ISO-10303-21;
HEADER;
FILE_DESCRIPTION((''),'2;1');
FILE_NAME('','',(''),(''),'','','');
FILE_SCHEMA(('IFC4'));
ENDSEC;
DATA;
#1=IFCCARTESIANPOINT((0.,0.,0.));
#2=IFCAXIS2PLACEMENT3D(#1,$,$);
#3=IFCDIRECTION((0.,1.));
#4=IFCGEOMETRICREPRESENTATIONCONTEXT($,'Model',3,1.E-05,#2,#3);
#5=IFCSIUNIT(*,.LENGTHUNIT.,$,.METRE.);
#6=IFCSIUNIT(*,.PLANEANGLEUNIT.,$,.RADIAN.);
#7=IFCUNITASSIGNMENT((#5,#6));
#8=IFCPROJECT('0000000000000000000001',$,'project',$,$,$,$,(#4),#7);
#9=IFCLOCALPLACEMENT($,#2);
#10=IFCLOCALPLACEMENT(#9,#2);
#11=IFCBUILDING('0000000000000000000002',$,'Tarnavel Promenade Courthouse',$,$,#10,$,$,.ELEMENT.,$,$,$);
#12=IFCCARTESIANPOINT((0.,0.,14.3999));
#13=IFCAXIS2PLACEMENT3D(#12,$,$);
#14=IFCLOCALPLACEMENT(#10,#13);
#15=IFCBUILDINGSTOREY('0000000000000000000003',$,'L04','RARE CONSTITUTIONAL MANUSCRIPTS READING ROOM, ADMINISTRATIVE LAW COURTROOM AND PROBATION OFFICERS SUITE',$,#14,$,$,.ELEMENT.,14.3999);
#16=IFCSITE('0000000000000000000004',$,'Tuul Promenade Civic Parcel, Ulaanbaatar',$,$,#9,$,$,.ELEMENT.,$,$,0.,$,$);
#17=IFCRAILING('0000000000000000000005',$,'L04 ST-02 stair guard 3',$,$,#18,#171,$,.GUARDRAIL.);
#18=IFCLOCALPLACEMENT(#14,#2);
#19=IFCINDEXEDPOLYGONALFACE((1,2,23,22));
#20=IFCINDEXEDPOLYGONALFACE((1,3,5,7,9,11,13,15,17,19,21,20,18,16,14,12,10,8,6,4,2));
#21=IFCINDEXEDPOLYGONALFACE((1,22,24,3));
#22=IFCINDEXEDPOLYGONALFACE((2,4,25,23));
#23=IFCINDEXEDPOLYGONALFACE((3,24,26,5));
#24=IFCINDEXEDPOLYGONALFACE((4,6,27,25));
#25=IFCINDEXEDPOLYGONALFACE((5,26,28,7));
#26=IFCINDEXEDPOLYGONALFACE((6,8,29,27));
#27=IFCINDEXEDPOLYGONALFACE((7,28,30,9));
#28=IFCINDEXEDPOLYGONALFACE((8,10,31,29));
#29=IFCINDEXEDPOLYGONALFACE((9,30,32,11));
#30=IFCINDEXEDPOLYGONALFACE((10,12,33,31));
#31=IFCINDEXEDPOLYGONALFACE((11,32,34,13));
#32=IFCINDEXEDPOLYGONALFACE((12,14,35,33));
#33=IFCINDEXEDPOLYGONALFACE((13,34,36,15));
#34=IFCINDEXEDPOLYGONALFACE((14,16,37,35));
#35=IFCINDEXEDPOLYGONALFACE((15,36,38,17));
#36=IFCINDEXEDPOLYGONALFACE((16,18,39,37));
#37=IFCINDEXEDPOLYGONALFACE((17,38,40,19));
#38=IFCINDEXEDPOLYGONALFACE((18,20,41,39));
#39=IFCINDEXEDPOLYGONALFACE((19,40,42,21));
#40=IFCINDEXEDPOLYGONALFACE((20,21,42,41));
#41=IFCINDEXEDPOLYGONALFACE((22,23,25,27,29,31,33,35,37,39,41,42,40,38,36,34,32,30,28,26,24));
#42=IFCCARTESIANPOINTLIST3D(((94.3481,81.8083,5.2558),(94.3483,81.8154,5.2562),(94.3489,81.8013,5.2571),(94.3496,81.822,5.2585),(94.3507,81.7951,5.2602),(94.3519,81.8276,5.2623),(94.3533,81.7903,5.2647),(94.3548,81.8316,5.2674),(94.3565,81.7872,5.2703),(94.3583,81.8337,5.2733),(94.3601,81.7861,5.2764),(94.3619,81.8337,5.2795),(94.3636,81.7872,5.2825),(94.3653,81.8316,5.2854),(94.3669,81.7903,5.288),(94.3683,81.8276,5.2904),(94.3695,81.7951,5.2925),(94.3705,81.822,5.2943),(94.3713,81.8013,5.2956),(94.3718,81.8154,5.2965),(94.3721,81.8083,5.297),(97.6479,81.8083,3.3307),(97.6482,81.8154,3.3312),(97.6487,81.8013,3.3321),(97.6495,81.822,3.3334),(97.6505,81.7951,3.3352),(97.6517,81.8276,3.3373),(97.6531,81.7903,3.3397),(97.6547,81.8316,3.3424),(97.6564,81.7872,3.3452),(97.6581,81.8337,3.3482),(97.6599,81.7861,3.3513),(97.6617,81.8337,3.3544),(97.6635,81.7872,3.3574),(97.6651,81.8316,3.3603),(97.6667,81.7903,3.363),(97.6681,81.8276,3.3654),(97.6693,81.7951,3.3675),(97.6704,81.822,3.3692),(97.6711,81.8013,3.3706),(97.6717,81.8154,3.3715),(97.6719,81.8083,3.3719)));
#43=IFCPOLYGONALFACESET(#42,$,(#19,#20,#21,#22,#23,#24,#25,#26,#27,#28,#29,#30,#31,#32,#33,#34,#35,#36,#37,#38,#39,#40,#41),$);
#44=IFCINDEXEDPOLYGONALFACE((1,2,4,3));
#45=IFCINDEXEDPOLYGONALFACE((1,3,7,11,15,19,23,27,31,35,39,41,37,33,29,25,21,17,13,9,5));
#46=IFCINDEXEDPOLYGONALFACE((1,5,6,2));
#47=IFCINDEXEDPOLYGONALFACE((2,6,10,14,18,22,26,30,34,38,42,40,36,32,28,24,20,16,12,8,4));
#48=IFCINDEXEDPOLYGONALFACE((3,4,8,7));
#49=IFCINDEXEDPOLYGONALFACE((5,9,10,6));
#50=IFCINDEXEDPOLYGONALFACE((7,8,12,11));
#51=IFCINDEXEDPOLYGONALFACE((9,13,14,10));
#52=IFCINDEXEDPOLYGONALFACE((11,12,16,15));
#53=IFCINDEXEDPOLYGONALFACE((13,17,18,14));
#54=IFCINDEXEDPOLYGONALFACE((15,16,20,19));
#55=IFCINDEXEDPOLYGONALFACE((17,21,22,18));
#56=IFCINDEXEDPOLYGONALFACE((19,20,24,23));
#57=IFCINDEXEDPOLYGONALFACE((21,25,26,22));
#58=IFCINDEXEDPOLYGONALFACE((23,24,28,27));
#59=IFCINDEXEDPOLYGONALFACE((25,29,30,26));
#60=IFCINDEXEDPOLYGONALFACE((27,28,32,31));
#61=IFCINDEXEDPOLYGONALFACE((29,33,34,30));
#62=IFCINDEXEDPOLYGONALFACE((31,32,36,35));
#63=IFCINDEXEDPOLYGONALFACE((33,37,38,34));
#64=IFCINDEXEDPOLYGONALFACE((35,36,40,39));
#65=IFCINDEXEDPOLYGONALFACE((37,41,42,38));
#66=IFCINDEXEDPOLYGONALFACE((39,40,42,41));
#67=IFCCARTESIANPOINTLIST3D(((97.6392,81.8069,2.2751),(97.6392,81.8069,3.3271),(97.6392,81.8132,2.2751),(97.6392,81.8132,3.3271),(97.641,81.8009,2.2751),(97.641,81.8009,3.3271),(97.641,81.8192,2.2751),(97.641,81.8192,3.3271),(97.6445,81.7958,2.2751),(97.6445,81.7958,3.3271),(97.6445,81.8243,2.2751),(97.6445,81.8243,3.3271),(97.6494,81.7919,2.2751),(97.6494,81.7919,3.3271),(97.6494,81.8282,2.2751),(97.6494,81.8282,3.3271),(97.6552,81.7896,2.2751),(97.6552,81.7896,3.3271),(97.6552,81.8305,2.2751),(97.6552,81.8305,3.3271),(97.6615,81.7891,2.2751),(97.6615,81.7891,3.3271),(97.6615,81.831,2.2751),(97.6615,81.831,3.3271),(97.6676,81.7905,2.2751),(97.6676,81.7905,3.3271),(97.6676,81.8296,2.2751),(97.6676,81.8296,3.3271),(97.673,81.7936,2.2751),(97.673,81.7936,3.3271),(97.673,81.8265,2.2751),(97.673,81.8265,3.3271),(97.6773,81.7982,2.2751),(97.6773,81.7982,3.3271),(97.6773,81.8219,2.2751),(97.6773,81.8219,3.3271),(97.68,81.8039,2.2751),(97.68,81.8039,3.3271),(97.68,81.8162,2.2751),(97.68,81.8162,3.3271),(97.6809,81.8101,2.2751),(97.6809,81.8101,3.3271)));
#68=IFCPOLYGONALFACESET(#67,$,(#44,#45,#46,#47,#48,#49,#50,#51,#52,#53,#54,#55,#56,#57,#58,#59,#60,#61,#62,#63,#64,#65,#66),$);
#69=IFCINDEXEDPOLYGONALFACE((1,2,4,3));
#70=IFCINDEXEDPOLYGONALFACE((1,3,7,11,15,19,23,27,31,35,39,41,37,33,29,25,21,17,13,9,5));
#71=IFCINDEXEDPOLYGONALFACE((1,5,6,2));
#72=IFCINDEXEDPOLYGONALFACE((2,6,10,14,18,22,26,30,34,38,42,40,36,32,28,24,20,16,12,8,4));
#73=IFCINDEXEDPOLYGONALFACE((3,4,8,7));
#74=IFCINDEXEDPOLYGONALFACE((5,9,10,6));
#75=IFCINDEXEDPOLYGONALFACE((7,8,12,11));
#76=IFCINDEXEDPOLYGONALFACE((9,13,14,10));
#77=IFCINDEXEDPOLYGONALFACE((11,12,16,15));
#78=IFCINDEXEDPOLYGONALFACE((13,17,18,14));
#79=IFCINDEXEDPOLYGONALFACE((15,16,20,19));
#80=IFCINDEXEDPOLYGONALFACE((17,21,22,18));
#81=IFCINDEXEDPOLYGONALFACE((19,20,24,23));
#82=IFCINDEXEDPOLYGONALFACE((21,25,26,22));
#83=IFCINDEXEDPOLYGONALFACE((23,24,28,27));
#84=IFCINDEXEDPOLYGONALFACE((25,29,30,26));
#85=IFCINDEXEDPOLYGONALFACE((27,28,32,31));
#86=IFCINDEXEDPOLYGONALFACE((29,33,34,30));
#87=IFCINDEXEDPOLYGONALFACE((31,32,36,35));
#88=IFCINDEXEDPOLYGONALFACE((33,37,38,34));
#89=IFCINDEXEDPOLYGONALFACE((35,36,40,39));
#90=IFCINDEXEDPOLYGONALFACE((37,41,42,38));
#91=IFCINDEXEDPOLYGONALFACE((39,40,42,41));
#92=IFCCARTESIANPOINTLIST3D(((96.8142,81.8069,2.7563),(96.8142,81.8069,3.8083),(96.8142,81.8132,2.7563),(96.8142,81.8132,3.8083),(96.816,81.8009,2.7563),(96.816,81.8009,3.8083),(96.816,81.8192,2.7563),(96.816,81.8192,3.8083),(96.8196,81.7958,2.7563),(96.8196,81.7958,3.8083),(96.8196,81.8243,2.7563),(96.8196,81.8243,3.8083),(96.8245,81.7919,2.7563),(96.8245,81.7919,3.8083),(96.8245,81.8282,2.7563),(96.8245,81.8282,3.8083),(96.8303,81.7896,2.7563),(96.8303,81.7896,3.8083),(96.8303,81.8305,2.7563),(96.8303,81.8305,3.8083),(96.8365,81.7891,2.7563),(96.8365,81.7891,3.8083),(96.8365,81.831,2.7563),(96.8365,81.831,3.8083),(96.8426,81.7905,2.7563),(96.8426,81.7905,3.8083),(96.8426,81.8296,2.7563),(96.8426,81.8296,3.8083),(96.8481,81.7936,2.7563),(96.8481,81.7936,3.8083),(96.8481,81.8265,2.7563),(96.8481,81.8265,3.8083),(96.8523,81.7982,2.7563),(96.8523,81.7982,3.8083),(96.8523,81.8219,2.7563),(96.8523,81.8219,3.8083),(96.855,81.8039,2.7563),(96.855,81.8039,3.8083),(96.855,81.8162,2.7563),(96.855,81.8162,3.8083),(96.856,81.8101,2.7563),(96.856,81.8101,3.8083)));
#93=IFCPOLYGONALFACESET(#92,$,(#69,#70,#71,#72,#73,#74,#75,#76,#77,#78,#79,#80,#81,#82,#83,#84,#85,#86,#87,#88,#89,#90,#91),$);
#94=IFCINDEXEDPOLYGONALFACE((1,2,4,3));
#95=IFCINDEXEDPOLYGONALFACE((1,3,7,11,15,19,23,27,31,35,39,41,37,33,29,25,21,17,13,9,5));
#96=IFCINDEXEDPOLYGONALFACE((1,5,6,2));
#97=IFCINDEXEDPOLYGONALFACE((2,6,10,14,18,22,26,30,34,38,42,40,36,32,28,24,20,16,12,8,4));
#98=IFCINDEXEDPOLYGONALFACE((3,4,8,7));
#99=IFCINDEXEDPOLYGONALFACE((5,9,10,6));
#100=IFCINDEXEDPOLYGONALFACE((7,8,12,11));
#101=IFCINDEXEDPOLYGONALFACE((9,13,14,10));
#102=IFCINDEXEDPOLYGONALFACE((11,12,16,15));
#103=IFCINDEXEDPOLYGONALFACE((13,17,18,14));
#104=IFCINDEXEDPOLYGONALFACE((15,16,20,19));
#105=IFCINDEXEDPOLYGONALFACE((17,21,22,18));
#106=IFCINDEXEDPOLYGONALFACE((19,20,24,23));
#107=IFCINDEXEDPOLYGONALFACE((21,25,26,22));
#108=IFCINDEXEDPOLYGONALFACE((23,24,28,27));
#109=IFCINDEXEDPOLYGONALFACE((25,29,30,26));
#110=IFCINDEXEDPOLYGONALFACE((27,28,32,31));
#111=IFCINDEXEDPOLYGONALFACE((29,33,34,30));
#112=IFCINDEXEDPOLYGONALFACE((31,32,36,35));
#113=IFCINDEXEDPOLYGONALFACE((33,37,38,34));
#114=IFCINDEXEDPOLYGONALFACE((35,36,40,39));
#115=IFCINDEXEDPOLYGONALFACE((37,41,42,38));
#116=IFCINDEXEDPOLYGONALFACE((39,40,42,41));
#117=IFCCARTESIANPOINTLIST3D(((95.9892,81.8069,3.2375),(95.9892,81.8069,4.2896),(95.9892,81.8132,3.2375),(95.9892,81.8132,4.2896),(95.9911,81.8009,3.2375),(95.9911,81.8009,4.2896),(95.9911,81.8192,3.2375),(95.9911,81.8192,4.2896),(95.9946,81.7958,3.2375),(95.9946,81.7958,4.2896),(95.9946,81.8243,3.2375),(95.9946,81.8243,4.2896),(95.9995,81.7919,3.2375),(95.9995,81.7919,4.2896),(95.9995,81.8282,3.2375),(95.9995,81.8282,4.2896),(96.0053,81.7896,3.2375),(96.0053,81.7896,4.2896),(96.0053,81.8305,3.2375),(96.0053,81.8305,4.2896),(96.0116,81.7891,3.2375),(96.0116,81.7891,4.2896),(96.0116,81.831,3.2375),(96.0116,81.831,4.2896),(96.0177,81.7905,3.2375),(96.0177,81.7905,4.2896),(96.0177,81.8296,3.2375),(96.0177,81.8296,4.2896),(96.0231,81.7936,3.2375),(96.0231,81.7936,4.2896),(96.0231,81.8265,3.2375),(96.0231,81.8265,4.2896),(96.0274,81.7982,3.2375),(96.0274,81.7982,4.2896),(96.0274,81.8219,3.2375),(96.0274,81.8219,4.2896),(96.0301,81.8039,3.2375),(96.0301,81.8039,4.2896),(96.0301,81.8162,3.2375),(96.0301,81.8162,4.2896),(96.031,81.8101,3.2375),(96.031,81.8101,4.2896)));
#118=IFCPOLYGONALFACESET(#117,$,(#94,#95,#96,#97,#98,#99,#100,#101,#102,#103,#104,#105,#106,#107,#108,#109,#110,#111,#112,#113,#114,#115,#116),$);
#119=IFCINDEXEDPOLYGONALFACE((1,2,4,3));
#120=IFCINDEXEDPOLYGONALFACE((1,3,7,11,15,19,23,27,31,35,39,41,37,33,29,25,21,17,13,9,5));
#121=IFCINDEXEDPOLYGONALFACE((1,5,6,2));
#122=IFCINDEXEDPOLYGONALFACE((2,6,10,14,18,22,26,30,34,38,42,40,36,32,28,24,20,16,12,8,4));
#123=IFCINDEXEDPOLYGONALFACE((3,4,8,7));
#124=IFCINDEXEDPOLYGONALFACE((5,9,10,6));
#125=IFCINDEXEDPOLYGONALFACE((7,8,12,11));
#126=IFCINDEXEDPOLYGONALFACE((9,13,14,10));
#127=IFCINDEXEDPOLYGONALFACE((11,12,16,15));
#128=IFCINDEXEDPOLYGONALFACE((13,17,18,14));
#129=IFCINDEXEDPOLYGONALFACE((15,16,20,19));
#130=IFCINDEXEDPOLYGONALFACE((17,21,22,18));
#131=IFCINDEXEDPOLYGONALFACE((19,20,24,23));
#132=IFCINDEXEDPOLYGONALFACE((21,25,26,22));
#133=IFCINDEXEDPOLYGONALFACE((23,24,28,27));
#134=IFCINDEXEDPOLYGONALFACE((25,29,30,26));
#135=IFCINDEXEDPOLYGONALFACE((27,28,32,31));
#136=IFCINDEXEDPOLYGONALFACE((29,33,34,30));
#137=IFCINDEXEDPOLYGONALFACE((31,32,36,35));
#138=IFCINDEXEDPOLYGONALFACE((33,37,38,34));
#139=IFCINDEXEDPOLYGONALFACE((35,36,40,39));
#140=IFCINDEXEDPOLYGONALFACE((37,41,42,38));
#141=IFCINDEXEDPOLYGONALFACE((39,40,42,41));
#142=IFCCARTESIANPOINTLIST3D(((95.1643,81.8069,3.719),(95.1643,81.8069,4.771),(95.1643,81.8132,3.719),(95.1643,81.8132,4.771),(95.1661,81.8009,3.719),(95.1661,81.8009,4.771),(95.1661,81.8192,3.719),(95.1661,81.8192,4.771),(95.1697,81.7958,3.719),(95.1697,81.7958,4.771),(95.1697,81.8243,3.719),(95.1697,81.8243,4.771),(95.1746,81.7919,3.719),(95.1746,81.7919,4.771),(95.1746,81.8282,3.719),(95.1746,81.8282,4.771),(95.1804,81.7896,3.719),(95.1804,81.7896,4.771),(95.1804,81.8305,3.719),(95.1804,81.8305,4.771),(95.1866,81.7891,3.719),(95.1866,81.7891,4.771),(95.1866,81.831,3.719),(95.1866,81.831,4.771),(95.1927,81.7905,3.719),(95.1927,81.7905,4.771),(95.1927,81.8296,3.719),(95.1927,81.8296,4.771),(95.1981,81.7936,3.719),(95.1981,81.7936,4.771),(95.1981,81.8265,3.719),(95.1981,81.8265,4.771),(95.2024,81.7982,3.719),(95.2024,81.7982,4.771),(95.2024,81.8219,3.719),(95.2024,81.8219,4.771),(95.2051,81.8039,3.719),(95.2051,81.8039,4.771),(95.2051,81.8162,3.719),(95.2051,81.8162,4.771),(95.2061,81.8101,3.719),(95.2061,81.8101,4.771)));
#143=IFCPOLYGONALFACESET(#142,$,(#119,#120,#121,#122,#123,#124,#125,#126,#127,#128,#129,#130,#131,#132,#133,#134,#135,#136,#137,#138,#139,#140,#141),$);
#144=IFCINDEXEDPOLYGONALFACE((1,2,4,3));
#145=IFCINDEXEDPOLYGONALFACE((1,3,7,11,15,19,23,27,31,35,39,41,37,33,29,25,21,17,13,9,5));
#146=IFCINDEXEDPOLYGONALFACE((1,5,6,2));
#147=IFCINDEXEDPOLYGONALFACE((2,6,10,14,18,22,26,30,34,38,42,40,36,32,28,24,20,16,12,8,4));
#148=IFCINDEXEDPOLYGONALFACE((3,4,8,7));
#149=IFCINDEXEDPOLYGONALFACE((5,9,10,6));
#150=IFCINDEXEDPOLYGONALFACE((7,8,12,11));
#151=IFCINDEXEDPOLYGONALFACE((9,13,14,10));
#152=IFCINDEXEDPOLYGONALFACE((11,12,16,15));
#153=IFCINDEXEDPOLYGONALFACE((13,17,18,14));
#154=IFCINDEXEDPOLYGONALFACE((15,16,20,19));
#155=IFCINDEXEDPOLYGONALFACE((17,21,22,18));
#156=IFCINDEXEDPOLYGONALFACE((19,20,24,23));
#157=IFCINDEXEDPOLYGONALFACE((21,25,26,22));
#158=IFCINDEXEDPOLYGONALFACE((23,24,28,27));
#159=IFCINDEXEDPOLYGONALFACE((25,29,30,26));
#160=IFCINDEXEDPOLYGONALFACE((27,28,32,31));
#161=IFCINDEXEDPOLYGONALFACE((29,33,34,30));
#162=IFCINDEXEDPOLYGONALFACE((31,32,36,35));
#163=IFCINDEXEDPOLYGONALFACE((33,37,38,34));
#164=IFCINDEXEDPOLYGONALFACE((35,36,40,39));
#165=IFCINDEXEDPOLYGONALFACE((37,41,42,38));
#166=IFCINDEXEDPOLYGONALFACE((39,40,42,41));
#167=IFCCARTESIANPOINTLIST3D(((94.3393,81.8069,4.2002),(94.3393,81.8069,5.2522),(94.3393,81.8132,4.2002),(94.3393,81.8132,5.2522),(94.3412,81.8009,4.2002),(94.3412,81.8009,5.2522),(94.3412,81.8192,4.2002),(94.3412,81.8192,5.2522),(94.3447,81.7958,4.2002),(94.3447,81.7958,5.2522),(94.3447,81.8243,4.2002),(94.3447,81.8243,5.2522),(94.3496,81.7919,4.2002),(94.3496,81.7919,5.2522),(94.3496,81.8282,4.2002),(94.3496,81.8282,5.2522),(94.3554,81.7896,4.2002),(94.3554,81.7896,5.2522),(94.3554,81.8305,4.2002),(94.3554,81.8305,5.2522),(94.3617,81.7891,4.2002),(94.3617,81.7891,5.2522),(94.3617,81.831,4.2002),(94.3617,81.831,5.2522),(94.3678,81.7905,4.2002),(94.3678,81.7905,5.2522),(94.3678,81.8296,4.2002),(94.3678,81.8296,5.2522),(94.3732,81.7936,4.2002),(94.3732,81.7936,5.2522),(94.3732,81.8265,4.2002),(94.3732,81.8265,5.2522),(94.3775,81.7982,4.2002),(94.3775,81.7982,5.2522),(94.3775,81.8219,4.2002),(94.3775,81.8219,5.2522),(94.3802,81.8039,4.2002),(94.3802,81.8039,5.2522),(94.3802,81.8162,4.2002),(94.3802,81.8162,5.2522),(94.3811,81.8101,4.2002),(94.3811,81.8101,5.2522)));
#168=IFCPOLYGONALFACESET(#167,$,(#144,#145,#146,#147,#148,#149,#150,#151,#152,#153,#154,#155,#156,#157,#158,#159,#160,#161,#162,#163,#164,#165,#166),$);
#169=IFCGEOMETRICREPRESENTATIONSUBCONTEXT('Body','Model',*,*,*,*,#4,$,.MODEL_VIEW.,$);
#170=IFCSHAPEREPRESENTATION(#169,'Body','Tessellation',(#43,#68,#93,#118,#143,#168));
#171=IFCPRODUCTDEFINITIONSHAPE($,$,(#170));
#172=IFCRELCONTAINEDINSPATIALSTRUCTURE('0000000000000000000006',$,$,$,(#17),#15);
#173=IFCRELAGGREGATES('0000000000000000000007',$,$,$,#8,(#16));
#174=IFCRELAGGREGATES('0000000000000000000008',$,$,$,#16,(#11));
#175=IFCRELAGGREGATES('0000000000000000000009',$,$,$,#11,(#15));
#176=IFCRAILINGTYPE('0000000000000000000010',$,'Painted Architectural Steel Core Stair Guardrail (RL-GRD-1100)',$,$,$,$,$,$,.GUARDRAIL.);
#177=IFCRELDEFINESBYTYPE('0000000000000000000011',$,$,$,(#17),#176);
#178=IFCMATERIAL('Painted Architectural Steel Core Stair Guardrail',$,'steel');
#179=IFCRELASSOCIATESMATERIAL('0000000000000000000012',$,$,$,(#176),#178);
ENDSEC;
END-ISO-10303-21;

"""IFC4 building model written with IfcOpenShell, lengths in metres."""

from ifc_helpers import new_model, si_unit, direction, frame, origin, origin_2d, place, context, subcontext, project, spatial, circle, extrude, material, type_object, element, save


model = new_model("IFC4")

# Units and contexts
model_context = context("Model", 3, precision=1e-05, world=origin(), true_north=direction((0.0, 1.0)))
body_context = subcontext(model_context, "Body", "Model", "MODEL_VIEW")
ifc_project = project(units=[si_unit("LENGTHUNIT", "METRE"), si_unit("PLANEANGLEUNIT", "RADIAN")], contexts=[model_context])

# Site, building, storey
site_placement = place(None, origin())
site = spatial("IfcSite", under=ifc_project, at=site_placement, Name="Tuul Promenade Civic Parcel, Ulaanbaatar", CompositionType="ELEMENT", RefElevation=0.0)
building_placement = place(site_placement, origin())
building = spatial("IfcBuilding", under=site, at=building_placement, Name="Tarnavel Promenade Courthouse", CompositionType="ELEMENT")
storey_placement = place(building_placement, frame((0.0, 0.0, 14.3999)))
storey = spatial("IfcBuildingStorey", under=building, at=storey_placement, Name="L04", Description="RARE CONSTITUTIONAL MANUSCRIPTS READING ROOM, ADMINISTRATIVE LAW COURTROOM AND PROBATION OFFICERS SUITE", CompositionType="ELEMENT", Elevation=14.3999)

# Railing
ifc_material_1 = material(Name="Painted Architectural Steel Core Stair Guardrail", Category="steel")
railing_type_1 = type_object("IfcRailingType", Name="Painted Architectural Steel Core Stair Guardrail (RL-GRD-1100)", PredefinedType="GUARDRAIL", material=ifc_material_1)
railing_1_placement = place(storey_placement, frame((97.6599, 81.8101, 2.2751)))
element("IfcRailing", 1, at=railing_1_placement, inside=storey, type_object=railing_type_1, Name="L04 ST-02 stair guard 3", PredefinedType="GUARDRAIL", context=body_context, shape_type="SweptSolid", body=[
    extrude(circle(Radius=0.0239, at=origin_2d()), frame((0.0, 0.0, 1.0762), z_axis=(-0.86376, 0.0, 0.503903), x_axis=(0.0, -1.0, 0.0)), (0.0, 0.0, 1.0), 3.8203),
    extrude(circle(Radius=0.021, at=origin_2d()), origin(), (0.0, 0.0, 1.0), 1.052),
    extrude(circle(Radius=0.021, at=origin_2d()), frame((-0.825, 0.0, 0.4812)), (0.0, 0.0, 1.0), 1.052),
    extrude(circle(Radius=0.021, at=origin_2d()), frame((-1.6499, 0.0, 0.9624)), (0.0, 0.0, 1.0), 1.052),
    extrude(circle(Radius=0.021, at=origin_2d()), frame((-2.4749, 0.0, 1.4438)), (0.0, 0.0, 1.0), 1.052),
    extrude(circle(Radius=0.021, at=origin_2d()), frame((-3.2998, 0.0, 1.925)), (0.0, 0.0, 1.0), 1.052),
])

save(model, "model.ifc")
